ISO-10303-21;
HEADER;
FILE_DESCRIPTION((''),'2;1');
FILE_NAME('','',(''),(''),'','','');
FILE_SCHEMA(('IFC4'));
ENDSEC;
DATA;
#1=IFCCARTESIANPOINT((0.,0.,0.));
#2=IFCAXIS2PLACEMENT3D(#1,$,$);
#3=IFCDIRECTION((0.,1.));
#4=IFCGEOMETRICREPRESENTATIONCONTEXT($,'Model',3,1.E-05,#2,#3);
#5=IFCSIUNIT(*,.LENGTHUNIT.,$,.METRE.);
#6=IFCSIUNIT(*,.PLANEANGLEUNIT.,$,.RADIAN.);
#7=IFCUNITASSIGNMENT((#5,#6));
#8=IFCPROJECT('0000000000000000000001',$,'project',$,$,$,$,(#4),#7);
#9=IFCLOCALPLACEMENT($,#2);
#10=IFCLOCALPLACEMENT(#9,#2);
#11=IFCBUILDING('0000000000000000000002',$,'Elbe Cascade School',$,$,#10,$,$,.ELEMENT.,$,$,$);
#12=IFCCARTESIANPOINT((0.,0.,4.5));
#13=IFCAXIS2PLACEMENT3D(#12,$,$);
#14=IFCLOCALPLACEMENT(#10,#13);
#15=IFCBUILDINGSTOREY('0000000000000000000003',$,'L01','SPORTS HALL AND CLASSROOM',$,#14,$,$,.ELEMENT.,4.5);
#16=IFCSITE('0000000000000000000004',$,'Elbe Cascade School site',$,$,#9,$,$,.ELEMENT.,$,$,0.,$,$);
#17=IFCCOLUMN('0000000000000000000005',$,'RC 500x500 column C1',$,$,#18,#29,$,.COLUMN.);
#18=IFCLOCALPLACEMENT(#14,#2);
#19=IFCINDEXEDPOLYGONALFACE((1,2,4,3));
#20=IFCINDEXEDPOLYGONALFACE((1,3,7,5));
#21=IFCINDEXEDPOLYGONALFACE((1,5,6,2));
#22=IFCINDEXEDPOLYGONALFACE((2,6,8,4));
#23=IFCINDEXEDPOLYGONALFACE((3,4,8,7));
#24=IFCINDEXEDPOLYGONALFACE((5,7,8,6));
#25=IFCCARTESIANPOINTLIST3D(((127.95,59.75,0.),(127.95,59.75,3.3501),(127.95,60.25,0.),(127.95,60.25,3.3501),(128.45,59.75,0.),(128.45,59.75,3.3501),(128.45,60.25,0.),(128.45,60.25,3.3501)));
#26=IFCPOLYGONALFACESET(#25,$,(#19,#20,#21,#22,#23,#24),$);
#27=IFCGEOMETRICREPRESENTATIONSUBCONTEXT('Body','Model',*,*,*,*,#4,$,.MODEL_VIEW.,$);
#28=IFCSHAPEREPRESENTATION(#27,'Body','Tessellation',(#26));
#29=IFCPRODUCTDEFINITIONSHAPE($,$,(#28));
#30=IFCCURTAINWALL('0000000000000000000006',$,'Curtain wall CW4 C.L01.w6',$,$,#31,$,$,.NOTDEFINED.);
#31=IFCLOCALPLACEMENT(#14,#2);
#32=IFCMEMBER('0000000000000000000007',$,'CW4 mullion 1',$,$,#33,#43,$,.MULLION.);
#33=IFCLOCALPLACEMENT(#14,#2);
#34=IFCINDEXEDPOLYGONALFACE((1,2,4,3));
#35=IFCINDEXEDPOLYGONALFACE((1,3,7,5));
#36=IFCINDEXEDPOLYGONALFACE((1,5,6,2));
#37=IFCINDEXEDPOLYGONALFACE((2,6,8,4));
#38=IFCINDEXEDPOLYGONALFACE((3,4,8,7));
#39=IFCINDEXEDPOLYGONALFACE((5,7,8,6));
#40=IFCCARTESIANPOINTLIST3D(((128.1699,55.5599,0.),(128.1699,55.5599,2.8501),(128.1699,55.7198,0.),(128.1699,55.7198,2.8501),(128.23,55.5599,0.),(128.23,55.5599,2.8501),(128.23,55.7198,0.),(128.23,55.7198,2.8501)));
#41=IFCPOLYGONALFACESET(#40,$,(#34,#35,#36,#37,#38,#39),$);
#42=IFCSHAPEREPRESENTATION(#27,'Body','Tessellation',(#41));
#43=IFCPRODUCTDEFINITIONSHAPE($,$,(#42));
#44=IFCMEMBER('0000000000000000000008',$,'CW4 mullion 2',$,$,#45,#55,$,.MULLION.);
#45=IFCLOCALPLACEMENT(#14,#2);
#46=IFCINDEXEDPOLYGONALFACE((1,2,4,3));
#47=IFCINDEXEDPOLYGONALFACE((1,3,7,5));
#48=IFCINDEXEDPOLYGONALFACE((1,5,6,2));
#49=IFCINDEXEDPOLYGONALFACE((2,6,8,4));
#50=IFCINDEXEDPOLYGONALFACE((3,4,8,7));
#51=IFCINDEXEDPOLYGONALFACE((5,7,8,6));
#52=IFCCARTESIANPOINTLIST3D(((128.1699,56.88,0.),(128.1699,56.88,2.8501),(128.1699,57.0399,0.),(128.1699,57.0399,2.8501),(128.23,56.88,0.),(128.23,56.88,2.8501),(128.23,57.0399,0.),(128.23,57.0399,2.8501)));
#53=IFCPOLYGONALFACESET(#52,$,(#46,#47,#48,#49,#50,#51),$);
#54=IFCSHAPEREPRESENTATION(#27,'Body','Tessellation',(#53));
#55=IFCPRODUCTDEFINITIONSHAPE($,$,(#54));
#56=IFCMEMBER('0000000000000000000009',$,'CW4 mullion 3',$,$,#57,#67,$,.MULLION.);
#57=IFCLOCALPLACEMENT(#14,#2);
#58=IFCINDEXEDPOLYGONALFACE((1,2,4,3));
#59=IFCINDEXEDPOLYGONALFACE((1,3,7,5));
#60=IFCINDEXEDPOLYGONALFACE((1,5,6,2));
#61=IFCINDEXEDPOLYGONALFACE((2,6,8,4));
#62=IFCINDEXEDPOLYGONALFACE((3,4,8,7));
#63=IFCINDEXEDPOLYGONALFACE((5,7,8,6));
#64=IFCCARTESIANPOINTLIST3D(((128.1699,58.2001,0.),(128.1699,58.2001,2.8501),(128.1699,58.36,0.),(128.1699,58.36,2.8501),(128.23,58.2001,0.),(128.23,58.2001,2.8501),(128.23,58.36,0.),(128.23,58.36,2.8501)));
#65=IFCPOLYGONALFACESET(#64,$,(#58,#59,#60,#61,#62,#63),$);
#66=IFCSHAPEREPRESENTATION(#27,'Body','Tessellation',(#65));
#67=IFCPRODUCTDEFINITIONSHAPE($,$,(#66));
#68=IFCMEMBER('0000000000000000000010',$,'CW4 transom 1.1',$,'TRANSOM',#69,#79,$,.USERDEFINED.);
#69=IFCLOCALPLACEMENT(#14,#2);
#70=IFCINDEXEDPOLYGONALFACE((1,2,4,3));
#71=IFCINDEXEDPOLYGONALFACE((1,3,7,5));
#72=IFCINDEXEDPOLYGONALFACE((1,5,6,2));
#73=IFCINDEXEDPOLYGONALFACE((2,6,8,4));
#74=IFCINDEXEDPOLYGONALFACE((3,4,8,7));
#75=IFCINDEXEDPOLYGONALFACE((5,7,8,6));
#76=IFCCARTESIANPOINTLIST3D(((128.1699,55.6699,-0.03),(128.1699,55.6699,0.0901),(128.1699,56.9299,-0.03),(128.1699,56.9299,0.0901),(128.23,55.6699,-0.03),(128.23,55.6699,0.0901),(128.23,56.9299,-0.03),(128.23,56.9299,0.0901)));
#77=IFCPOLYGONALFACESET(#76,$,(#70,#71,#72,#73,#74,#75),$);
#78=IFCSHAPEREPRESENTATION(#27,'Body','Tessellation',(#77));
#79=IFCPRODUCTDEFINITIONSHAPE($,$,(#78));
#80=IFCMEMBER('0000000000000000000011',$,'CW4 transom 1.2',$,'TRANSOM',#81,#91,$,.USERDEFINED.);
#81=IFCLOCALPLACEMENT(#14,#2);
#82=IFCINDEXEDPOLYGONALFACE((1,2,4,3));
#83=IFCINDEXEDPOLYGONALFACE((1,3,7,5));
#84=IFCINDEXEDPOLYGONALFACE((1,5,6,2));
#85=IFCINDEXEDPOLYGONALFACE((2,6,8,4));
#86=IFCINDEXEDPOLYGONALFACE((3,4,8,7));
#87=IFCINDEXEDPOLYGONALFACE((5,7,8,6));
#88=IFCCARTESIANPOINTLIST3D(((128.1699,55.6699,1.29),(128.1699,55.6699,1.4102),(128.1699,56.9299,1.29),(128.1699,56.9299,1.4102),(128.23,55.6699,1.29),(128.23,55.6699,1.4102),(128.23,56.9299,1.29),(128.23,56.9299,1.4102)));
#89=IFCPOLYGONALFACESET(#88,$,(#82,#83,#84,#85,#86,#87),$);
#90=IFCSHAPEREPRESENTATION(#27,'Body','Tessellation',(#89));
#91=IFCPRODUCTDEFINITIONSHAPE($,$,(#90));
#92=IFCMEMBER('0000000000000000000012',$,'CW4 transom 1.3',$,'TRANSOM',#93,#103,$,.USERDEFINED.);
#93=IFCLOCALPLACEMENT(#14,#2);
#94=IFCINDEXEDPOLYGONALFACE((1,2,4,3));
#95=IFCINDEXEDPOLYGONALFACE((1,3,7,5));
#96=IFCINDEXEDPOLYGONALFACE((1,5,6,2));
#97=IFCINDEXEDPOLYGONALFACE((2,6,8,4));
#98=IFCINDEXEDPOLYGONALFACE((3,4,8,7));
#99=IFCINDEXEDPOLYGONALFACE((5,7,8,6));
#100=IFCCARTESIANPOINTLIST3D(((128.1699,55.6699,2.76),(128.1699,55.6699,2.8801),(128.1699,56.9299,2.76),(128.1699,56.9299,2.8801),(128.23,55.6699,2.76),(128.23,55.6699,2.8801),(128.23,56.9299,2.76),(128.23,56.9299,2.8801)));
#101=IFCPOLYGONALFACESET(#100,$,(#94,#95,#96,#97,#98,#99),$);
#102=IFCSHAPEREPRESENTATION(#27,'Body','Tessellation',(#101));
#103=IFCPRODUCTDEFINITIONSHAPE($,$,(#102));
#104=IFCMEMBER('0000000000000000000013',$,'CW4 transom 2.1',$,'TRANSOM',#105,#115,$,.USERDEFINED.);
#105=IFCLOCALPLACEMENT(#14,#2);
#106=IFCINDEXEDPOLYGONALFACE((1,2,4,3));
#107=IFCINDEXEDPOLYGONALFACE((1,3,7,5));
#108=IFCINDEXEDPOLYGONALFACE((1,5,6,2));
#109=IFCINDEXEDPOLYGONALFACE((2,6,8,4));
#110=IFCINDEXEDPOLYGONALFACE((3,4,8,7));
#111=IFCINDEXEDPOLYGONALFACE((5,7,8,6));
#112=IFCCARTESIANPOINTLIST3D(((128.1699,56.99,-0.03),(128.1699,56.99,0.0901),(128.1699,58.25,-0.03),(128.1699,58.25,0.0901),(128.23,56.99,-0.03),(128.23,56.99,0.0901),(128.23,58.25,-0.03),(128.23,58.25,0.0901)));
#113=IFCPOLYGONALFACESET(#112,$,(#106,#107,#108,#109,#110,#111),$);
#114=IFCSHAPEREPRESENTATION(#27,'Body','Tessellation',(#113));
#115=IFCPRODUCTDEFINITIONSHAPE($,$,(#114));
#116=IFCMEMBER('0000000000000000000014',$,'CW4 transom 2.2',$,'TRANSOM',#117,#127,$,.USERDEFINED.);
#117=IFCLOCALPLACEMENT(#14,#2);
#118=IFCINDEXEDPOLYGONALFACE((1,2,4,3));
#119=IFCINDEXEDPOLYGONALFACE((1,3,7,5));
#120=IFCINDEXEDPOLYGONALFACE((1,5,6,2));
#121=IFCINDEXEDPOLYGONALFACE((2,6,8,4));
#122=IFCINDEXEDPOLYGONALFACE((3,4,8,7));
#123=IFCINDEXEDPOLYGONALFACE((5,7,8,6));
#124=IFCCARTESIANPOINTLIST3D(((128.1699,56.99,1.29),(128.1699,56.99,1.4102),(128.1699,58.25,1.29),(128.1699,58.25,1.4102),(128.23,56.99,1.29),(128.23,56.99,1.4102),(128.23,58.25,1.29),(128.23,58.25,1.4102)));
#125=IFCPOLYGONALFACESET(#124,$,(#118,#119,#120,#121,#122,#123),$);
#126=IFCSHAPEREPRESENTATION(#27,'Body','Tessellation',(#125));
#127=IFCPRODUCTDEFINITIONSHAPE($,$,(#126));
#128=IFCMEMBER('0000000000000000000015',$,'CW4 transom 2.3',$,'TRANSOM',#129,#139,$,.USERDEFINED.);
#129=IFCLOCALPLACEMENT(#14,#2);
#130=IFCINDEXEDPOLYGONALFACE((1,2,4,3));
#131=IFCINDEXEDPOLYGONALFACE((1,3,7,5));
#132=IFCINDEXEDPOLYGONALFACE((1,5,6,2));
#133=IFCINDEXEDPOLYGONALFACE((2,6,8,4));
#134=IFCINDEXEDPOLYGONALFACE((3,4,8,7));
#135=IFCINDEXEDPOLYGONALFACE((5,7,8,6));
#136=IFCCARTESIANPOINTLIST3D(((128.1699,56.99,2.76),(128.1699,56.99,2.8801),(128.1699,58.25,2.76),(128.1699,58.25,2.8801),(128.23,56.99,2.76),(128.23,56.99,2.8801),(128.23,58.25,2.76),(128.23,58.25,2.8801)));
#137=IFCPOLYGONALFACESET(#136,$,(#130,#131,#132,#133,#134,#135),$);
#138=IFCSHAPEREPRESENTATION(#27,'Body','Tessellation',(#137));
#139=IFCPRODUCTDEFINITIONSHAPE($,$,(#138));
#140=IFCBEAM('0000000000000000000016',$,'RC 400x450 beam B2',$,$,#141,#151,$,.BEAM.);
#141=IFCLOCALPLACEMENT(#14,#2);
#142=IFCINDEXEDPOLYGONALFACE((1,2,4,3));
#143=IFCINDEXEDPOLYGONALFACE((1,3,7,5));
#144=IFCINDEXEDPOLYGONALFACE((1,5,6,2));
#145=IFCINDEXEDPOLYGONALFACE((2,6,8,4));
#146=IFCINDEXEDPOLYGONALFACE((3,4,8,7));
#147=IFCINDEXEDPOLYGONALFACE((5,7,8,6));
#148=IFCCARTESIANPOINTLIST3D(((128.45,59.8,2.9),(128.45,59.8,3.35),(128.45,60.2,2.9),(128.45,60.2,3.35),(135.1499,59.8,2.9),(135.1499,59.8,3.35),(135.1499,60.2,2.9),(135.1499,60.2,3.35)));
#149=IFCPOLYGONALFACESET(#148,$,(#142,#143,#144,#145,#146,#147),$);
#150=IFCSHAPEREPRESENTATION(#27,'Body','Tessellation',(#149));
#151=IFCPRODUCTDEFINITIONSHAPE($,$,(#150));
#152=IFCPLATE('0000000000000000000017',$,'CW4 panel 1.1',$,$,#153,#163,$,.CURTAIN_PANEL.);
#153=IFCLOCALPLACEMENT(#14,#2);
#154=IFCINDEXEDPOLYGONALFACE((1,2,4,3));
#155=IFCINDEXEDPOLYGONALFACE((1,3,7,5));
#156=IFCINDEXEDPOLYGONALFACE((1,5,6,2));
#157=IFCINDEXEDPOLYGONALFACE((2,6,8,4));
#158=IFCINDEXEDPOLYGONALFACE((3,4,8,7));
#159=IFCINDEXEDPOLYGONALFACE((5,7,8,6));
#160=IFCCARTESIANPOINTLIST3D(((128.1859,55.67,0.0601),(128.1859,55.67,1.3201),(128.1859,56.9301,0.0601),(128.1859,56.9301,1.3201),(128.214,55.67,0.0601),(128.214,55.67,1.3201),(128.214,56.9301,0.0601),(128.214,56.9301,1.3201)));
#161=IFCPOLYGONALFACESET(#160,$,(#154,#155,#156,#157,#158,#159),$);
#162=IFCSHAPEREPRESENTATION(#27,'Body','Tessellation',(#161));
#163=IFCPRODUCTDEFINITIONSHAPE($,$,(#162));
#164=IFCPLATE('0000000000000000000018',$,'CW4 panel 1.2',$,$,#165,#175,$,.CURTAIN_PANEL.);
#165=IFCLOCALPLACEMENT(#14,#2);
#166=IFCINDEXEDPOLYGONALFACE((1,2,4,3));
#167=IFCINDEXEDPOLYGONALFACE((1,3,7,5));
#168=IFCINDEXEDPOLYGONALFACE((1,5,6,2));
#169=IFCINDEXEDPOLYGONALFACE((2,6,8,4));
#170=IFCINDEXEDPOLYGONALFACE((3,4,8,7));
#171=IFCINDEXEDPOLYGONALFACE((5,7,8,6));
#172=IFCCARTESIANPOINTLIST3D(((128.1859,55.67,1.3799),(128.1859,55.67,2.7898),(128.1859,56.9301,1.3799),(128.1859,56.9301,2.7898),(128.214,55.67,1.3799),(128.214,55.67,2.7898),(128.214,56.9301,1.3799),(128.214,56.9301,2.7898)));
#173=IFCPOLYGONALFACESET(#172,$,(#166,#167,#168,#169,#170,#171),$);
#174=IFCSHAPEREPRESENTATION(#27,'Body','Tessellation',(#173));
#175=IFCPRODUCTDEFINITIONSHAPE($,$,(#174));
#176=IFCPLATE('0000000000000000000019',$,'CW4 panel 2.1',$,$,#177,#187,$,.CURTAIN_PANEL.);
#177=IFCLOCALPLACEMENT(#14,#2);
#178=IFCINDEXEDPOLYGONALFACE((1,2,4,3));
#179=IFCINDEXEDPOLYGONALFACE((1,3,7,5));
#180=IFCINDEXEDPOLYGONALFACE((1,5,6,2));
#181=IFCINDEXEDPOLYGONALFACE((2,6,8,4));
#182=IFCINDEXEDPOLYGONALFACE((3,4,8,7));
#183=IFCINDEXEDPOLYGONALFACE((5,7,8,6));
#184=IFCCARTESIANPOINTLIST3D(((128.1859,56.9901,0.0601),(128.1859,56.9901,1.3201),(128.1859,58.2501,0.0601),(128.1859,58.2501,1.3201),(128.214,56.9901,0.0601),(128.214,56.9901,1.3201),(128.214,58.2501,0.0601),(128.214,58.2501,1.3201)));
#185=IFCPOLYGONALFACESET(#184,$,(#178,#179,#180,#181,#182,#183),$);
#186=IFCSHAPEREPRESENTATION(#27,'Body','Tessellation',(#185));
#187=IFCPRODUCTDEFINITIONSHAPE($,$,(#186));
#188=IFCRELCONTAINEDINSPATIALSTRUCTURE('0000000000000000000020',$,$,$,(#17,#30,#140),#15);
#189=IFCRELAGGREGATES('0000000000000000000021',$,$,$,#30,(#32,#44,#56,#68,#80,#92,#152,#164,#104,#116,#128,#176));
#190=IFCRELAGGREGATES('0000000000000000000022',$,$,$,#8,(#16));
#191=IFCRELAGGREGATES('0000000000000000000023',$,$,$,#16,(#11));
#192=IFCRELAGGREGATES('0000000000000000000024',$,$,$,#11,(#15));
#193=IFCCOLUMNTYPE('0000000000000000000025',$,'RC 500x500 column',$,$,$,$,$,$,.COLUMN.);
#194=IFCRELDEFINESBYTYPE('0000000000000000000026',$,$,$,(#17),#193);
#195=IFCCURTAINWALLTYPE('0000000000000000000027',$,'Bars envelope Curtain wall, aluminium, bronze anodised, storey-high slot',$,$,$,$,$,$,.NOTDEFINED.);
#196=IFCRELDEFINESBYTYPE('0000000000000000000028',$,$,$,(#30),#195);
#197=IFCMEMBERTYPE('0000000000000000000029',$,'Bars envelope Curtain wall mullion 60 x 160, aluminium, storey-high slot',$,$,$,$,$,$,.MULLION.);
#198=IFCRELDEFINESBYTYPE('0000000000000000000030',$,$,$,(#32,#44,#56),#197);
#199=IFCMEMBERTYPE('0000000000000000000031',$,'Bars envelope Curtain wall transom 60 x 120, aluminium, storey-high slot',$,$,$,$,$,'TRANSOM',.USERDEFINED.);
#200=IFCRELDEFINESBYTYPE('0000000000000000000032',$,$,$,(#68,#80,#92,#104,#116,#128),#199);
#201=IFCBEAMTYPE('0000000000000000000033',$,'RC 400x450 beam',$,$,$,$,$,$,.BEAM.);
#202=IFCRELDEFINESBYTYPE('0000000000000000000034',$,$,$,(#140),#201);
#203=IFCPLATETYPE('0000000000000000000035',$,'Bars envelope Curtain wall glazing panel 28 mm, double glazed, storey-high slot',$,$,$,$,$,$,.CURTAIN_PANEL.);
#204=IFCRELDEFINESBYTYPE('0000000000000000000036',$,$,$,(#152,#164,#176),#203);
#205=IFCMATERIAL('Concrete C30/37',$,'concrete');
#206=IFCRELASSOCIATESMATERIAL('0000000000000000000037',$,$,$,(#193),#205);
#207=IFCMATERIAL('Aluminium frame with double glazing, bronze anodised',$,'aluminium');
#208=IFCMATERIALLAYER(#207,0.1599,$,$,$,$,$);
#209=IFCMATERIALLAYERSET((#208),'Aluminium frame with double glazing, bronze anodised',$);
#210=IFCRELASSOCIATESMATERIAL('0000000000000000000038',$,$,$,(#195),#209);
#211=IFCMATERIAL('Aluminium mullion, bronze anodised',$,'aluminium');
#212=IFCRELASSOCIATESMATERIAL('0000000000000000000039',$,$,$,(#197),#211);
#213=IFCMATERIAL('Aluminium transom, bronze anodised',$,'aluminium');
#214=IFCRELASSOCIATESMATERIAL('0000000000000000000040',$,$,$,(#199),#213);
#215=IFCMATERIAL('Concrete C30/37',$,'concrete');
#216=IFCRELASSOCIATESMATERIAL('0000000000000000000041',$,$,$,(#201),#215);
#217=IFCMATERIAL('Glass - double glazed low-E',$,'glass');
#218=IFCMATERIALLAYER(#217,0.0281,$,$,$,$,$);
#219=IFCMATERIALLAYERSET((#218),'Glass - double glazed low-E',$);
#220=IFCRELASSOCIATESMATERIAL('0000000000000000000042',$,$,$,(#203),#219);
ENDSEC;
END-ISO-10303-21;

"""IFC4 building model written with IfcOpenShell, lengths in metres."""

from ifc_helpers import new_model, si_unit, direction, frame, origin, origin_2d, place, context, subcontext, project, spatial, rectangle, extrude, material, layer, layer_set, material_profile, profile_set, type_object, element, aggregate, save


model = new_model("IFC4")

# Units and contexts
model_context = context("Model", 3, precision=1e-05, world=origin(), true_north=direction((0.0, 1.0)))
body_context = subcontext(model_context, "Body", "Model", "MODEL_VIEW")
ifc_project = project(units=[si_unit("LENGTHUNIT", "METRE"), si_unit("PLANEANGLEUNIT", "RADIAN")], contexts=[model_context])

# Site, building, storey
site_placement = place(None, origin())
site = spatial("IfcSite", under=ifc_project, at=site_placement, Name="Elbe Cascade School site", CompositionType="ELEMENT", RefElevation=0.0)
building_placement = place(site_placement, origin())
building = spatial("IfcBuilding", under=site, at=building_placement, Name="Elbe Cascade School", CompositionType="ELEMENT")
storey_placement = place(building_placement, frame((0.0, 0.0, 4.5)))
storey = spatial("IfcBuildingStorey", under=building, at=storey_placement, Name="L01", Description="SPORTS HALL AND CLASSROOM", CompositionType="ELEMENT", Elevation=4.5)

# Column
ifc_material_1 = material(Name="Concrete C30/37", Category="concrete")
ifc_material_profile_1 = material_profile(ifc_material_1, rectangle(XDim=0.5, YDim=0.5, at=origin_2d()), Name="RC 500x500")
ifc_profile_set_1 = profile_set([ifc_material_profile_1], Name="Concrete C30/37")
column_type = type_object("IfcColumnType", Name="RC 500x500 column", PredefinedType="COLUMN", material=ifc_profile_set_1)
column_placement = place(storey_placement, frame((128.2, 60.0, 0.0), z_axis=(0.0, 0.0, 1.0), x_axis=(1.0, 0.0, 0.0)))
element("IfcColumn", 1, at=column_placement, inside=storey, type_object=column_type, Name="RC 500x500 column C1", PredefinedType="COLUMN", context=body_context, shape_type="SweptSolid", body=[
    extrude(rectangle(XDim=0.5, YDim=0.5, at=origin_2d()), origin(), (0.0, 0.0, 1.0), 3.3501),
])

# Curtain wall, members
ifc_material_2 = material(Name="Aluminium frame with double glazing, bronze anodised", Category="aluminium")
ifc_layer_1 = layer(ifc_material_2, 0.1599)
ifc_layer_set_1 = layer_set([ifc_layer_1], Name="Aluminium frame with double glazing, bronze anodised")
curtain_wall_type = type_object("IfcCurtainWallType", Name="Bars envelope Curtain wall, aluminium, bronze anodised, storey-high slot", PredefinedType="NOTDEFINED", material=ifc_layer_set_1)
curtain_wall_placement = place(storey_placement, origin())
curtain_wall = element("IfcCurtainWall", 2, at=curtain_wall_placement, inside=storey, type_object=curtain_wall_type, Name="Curtain wall CW4 C.L01.w6", PredefinedType="NOTDEFINED")
ifc_material_3 = material(Name="Aluminium mullion, bronze anodised", Category="aluminium")
ifc_material_profile_2 = material_profile(ifc_material_3, rectangle(XDim=0.0601, YDim=0.1599, at=origin_2d()), Name="Bars envelope Curtain wall mullion 60 x 160, aluminium, storey-high slot")
ifc_profile_set_2 = profile_set([ifc_material_profile_2], Name="Aluminium mullion, bronze anodised")
member_type_1 = type_object("IfcMemberType", Name="Bars envelope Curtain wall mullion 60 x 160, aluminium, storey-high slot", PredefinedType="MULLION", material=ifc_profile_set_2)
member_1_placement = place(storey_placement, frame((128.2, 55.6399, 0.0), z_axis=(0.0, 0.0, 1.0), x_axis=(-1.0, 0.0, 0.0)))
member_1 = element("IfcMember", 3, at=member_1_placement, type_object=member_type_1, Name="CW4 mullion 1", PredefinedType="MULLION", context=body_context, shape_type="SweptSolid", body=[
    extrude(rectangle(XDim=0.0601, YDim=0.1599, at=origin_2d()), origin(), (0.0, 0.0, 1.0), 2.8501),
])
member_2_placement = place(storey_placement, frame((128.2, 56.96, 0.0), z_axis=(0.0, 0.0, 1.0), x_axis=(-1.0, 0.0, 0.0)))
member_2 = element("IfcMember", 4, at=member_2_placement, type_object=member_type_1, Name="CW4 mullion 2", PredefinedType="MULLION", context=body_context, shape_type="SweptSolid", body=[
    extrude(rectangle(XDim=0.0601, YDim=0.1599, at=origin_2d()), origin(), (0.0, 0.0, 1.0), 2.8501),
])
member_3_placement = place(storey_placement, frame((128.2, 58.28, 0.0), z_axis=(0.0, 0.0, 1.0), x_axis=(-1.0, 0.0, 0.0)))
member_3 = element("IfcMember", 5, at=member_3_placement, type_object=member_type_1, Name="CW4 mullion 3", PredefinedType="MULLION", context=body_context, shape_type="SweptSolid", body=[
    extrude(rectangle(XDim=0.0601, YDim=0.1599, at=origin_2d()), origin(), (0.0, 0.0, 1.0), 2.8501),
])
ifc_material_4 = material(Name="Aluminium transom, bronze anodised", Category="aluminium")
ifc_material_profile_3 = material_profile(ifc_material_4, rectangle(XDim=0.0601, YDim=0.1201, at=origin_2d()), Name="Bars envelope Curtain wall transom 60 x 120, aluminium, storey-high slot")
ifc_profile_set_3 = profile_set([ifc_material_profile_3], Name="Aluminium transom, bronze anodised")
member_type_2 = type_object("IfcMemberType", Name="Bars envelope Curtain wall transom 60 x 120, aluminium, storey-high slot", ElementType="TRANSOM", PredefinedType="USERDEFINED", material=ifc_profile_set_3)
member_4_placement = place(storey_placement, frame((128.2, 55.6699, 0.03), z_axis=(0.0, 1.0, 0.0), x_axis=(-1.0, 0.0, 0.0)))
member_4 = element("IfcMember", 6, at=member_4_placement, type_object=member_type_2, Name="CW4 transom 1.1", ObjectType="TRANSOM", PredefinedType="USERDEFINED", context=body_context, shape_type="SweptSolid", body=[
    extrude(rectangle(XDim=0.0601, YDim=0.1201, at=origin_2d()), origin(), (0.0, 0.0, 1.0), 1.26),
])
member_5_placement = place(storey_placement, frame((128.2, 55.6699, 1.3501), z_axis=(0.0, 1.0, 0.0), x_axis=(-1.0, 0.0, 0.0)))
member_5 = element("IfcMember", 7, at=member_5_placement, type_object=member_type_2, Name="CW4 transom 1.2", ObjectType="TRANSOM", PredefinedType="USERDEFINED", context=body_context, shape_type="SweptSolid", body=[
    extrude(rectangle(XDim=0.0601, YDim=0.1201, at=origin_2d()), origin(), (0.0, 0.0, 1.0), 1.26),
])
member_6_placement = place(storey_placement, frame((128.2, 55.6699, 2.8201), z_axis=(0.0, 1.0, 0.0), x_axis=(-1.0, 0.0, 0.0)))
member_6 = element("IfcMember", 8, at=member_6_placement, type_object=member_type_2, Name="CW4 transom 1.3", ObjectType="TRANSOM", PredefinedType="USERDEFINED", context=body_context, shape_type="SweptSolid", body=[
    extrude(rectangle(XDim=0.0601, YDim=0.1201, at=origin_2d()), origin(), (0.0, 0.0, 1.0), 1.26),
])
member_7_placement = place(storey_placement, frame((128.2, 56.99, 0.03), z_axis=(0.0, 1.0, 0.0), x_axis=(-1.0, 0.0, 0.0)))
member_7 = element("IfcMember", 9, at=member_7_placement, type_object=member_type_2, Name="CW4 transom 2.1", ObjectType="TRANSOM", PredefinedType="USERDEFINED", context=body_context, shape_type="SweptSolid", body=[
    extrude(rectangle(XDim=0.0601, YDim=0.1201, at=origin_2d()), origin(), (0.0, 0.0, 1.0), 1.26),
])
member_8_placement = place(storey_placement, frame((128.2, 56.99, 1.3501), z_axis=(0.0, 1.0, 0.0), x_axis=(-1.0, 0.0, 0.0)))
member_8 = element("IfcMember", 10, at=member_8_placement, type_object=member_type_2, Name="CW4 transom 2.2", ObjectType="TRANSOM", PredefinedType="USERDEFINED", context=body_context, shape_type="SweptSolid", body=[
    extrude(rectangle(XDim=0.0601, YDim=0.1201, at=origin_2d()), origin(), (0.0, 0.0, 1.0), 1.26),
])
member_9_placement = place(storey_placement, frame((128.2, 56.99, 2.8201), z_axis=(0.0, 1.0, 0.0), x_axis=(-1.0, 0.0, 0.0)))
member_9 = element("IfcMember", 11, at=member_9_placement, type_object=member_type_2, Name="CW4 transom 2.3", ObjectType="TRANSOM", PredefinedType="USERDEFINED", context=body_context, shape_type="SweptSolid", body=[
    extrude(rectangle(XDim=0.0601, YDim=0.1201, at=origin_2d()), origin(), (0.0, 0.0, 1.0), 1.26),
])

# Beam
ifc_material_5 = material(Name="Concrete C30/37", Category="concrete")
ifc_material_profile_4 = material_profile(ifc_material_5, rectangle(XDim=0.3999, YDim=0.45, at=origin_2d()), Name="RC 400x450")
ifc_profile_set_4 = profile_set([ifc_material_profile_4], Name="Concrete C30/37")
beam_type = type_object("IfcBeamType", Name="RC 400x450 beam", PredefinedType="BEAM", material=ifc_profile_set_4)
beam_placement = place(storey_placement, frame((128.45, 60.0, 3.125), z_axis=(1.0, 0.0, 0.0), x_axis=(0.0, 1.0, 0.0)))
element("IfcBeam", 12, at=beam_placement, inside=storey, type_object=beam_type, Name="RC 400x450 beam B2", PredefinedType="BEAM", context=body_context, shape_type="SweptSolid", body=[
    extrude(rectangle(XDim=0.3999, YDim=0.45, at=origin_2d()), origin(), (0.0, 0.0, 1.0), 6.7),
])

# Plates
ifc_material_6 = material(Name="Glass - double glazed low-E", Category="glass")
ifc_layer_2 = layer(ifc_material_6, 0.0281)
ifc_layer_set_2 = layer_set([ifc_layer_2], Name="Glass - double glazed low-E")
plate_type = type_object("IfcPlateType", Name="Bars envelope Curtain wall glazing panel 28 mm, double glazed, storey-high slot", PredefinedType="CURTAIN_PANEL", material=ifc_layer_set_2)
plate_1_placement = place(storey_placement, frame((128.2, 56.3, 0.0601), z_axis=(0.0, 0.0, 1.0), x_axis=(0.0, 1.0, 0.0)))
plate_1 = element("IfcPlate", 13, at=plate_1_placement, type_object=plate_type, Name="CW4 panel 1.1", PredefinedType="CURTAIN_PANEL", context=body_context, shape_type="SweptSolid", body=[
    extrude(rectangle(XDim=1.26, YDim=0.0281, at=origin_2d()), origin(), (0.0, 0.0, 1.0), 1.26),
])
plate_2_placement = place(storey_placement, frame((128.2, 56.3, 1.3799), z_axis=(0.0, 0.0, 1.0), x_axis=(0.0, 1.0, 0.0)))
plate_2 = element("IfcPlate", 14, at=plate_2_placement, type_object=plate_type, Name="CW4 panel 1.2", PredefinedType="CURTAIN_PANEL", context=body_context, shape_type="SweptSolid", body=[
    extrude(rectangle(XDim=1.26, YDim=0.0281, at=origin_2d()), origin(), (0.0, 0.0, 1.0), 1.4099),
])
plate_3_placement = place(storey_placement, frame((128.2, 57.6201, 0.0601), z_axis=(0.0, 0.0, 1.0), x_axis=(0.0, 1.0, 0.0)))
plate_3 = element("IfcPlate", 15, at=plate_3_placement, type_object=plate_type, Name="CW4 panel 2.1", PredefinedType="CURTAIN_PANEL", context=body_context, shape_type="SweptSolid", body=[
    extrude(rectangle(XDim=1.26, YDim=0.0281, at=origin_2d()), origin(), (0.0, 0.0, 1.0), 1.26),
])
aggregate(curtain_wall, [member_1, member_2, member_3, member_4, member_5, member_6, plate_1, plate_2, member_7, member_8, member_9, plate_3])

save(model, "model.ifc")
